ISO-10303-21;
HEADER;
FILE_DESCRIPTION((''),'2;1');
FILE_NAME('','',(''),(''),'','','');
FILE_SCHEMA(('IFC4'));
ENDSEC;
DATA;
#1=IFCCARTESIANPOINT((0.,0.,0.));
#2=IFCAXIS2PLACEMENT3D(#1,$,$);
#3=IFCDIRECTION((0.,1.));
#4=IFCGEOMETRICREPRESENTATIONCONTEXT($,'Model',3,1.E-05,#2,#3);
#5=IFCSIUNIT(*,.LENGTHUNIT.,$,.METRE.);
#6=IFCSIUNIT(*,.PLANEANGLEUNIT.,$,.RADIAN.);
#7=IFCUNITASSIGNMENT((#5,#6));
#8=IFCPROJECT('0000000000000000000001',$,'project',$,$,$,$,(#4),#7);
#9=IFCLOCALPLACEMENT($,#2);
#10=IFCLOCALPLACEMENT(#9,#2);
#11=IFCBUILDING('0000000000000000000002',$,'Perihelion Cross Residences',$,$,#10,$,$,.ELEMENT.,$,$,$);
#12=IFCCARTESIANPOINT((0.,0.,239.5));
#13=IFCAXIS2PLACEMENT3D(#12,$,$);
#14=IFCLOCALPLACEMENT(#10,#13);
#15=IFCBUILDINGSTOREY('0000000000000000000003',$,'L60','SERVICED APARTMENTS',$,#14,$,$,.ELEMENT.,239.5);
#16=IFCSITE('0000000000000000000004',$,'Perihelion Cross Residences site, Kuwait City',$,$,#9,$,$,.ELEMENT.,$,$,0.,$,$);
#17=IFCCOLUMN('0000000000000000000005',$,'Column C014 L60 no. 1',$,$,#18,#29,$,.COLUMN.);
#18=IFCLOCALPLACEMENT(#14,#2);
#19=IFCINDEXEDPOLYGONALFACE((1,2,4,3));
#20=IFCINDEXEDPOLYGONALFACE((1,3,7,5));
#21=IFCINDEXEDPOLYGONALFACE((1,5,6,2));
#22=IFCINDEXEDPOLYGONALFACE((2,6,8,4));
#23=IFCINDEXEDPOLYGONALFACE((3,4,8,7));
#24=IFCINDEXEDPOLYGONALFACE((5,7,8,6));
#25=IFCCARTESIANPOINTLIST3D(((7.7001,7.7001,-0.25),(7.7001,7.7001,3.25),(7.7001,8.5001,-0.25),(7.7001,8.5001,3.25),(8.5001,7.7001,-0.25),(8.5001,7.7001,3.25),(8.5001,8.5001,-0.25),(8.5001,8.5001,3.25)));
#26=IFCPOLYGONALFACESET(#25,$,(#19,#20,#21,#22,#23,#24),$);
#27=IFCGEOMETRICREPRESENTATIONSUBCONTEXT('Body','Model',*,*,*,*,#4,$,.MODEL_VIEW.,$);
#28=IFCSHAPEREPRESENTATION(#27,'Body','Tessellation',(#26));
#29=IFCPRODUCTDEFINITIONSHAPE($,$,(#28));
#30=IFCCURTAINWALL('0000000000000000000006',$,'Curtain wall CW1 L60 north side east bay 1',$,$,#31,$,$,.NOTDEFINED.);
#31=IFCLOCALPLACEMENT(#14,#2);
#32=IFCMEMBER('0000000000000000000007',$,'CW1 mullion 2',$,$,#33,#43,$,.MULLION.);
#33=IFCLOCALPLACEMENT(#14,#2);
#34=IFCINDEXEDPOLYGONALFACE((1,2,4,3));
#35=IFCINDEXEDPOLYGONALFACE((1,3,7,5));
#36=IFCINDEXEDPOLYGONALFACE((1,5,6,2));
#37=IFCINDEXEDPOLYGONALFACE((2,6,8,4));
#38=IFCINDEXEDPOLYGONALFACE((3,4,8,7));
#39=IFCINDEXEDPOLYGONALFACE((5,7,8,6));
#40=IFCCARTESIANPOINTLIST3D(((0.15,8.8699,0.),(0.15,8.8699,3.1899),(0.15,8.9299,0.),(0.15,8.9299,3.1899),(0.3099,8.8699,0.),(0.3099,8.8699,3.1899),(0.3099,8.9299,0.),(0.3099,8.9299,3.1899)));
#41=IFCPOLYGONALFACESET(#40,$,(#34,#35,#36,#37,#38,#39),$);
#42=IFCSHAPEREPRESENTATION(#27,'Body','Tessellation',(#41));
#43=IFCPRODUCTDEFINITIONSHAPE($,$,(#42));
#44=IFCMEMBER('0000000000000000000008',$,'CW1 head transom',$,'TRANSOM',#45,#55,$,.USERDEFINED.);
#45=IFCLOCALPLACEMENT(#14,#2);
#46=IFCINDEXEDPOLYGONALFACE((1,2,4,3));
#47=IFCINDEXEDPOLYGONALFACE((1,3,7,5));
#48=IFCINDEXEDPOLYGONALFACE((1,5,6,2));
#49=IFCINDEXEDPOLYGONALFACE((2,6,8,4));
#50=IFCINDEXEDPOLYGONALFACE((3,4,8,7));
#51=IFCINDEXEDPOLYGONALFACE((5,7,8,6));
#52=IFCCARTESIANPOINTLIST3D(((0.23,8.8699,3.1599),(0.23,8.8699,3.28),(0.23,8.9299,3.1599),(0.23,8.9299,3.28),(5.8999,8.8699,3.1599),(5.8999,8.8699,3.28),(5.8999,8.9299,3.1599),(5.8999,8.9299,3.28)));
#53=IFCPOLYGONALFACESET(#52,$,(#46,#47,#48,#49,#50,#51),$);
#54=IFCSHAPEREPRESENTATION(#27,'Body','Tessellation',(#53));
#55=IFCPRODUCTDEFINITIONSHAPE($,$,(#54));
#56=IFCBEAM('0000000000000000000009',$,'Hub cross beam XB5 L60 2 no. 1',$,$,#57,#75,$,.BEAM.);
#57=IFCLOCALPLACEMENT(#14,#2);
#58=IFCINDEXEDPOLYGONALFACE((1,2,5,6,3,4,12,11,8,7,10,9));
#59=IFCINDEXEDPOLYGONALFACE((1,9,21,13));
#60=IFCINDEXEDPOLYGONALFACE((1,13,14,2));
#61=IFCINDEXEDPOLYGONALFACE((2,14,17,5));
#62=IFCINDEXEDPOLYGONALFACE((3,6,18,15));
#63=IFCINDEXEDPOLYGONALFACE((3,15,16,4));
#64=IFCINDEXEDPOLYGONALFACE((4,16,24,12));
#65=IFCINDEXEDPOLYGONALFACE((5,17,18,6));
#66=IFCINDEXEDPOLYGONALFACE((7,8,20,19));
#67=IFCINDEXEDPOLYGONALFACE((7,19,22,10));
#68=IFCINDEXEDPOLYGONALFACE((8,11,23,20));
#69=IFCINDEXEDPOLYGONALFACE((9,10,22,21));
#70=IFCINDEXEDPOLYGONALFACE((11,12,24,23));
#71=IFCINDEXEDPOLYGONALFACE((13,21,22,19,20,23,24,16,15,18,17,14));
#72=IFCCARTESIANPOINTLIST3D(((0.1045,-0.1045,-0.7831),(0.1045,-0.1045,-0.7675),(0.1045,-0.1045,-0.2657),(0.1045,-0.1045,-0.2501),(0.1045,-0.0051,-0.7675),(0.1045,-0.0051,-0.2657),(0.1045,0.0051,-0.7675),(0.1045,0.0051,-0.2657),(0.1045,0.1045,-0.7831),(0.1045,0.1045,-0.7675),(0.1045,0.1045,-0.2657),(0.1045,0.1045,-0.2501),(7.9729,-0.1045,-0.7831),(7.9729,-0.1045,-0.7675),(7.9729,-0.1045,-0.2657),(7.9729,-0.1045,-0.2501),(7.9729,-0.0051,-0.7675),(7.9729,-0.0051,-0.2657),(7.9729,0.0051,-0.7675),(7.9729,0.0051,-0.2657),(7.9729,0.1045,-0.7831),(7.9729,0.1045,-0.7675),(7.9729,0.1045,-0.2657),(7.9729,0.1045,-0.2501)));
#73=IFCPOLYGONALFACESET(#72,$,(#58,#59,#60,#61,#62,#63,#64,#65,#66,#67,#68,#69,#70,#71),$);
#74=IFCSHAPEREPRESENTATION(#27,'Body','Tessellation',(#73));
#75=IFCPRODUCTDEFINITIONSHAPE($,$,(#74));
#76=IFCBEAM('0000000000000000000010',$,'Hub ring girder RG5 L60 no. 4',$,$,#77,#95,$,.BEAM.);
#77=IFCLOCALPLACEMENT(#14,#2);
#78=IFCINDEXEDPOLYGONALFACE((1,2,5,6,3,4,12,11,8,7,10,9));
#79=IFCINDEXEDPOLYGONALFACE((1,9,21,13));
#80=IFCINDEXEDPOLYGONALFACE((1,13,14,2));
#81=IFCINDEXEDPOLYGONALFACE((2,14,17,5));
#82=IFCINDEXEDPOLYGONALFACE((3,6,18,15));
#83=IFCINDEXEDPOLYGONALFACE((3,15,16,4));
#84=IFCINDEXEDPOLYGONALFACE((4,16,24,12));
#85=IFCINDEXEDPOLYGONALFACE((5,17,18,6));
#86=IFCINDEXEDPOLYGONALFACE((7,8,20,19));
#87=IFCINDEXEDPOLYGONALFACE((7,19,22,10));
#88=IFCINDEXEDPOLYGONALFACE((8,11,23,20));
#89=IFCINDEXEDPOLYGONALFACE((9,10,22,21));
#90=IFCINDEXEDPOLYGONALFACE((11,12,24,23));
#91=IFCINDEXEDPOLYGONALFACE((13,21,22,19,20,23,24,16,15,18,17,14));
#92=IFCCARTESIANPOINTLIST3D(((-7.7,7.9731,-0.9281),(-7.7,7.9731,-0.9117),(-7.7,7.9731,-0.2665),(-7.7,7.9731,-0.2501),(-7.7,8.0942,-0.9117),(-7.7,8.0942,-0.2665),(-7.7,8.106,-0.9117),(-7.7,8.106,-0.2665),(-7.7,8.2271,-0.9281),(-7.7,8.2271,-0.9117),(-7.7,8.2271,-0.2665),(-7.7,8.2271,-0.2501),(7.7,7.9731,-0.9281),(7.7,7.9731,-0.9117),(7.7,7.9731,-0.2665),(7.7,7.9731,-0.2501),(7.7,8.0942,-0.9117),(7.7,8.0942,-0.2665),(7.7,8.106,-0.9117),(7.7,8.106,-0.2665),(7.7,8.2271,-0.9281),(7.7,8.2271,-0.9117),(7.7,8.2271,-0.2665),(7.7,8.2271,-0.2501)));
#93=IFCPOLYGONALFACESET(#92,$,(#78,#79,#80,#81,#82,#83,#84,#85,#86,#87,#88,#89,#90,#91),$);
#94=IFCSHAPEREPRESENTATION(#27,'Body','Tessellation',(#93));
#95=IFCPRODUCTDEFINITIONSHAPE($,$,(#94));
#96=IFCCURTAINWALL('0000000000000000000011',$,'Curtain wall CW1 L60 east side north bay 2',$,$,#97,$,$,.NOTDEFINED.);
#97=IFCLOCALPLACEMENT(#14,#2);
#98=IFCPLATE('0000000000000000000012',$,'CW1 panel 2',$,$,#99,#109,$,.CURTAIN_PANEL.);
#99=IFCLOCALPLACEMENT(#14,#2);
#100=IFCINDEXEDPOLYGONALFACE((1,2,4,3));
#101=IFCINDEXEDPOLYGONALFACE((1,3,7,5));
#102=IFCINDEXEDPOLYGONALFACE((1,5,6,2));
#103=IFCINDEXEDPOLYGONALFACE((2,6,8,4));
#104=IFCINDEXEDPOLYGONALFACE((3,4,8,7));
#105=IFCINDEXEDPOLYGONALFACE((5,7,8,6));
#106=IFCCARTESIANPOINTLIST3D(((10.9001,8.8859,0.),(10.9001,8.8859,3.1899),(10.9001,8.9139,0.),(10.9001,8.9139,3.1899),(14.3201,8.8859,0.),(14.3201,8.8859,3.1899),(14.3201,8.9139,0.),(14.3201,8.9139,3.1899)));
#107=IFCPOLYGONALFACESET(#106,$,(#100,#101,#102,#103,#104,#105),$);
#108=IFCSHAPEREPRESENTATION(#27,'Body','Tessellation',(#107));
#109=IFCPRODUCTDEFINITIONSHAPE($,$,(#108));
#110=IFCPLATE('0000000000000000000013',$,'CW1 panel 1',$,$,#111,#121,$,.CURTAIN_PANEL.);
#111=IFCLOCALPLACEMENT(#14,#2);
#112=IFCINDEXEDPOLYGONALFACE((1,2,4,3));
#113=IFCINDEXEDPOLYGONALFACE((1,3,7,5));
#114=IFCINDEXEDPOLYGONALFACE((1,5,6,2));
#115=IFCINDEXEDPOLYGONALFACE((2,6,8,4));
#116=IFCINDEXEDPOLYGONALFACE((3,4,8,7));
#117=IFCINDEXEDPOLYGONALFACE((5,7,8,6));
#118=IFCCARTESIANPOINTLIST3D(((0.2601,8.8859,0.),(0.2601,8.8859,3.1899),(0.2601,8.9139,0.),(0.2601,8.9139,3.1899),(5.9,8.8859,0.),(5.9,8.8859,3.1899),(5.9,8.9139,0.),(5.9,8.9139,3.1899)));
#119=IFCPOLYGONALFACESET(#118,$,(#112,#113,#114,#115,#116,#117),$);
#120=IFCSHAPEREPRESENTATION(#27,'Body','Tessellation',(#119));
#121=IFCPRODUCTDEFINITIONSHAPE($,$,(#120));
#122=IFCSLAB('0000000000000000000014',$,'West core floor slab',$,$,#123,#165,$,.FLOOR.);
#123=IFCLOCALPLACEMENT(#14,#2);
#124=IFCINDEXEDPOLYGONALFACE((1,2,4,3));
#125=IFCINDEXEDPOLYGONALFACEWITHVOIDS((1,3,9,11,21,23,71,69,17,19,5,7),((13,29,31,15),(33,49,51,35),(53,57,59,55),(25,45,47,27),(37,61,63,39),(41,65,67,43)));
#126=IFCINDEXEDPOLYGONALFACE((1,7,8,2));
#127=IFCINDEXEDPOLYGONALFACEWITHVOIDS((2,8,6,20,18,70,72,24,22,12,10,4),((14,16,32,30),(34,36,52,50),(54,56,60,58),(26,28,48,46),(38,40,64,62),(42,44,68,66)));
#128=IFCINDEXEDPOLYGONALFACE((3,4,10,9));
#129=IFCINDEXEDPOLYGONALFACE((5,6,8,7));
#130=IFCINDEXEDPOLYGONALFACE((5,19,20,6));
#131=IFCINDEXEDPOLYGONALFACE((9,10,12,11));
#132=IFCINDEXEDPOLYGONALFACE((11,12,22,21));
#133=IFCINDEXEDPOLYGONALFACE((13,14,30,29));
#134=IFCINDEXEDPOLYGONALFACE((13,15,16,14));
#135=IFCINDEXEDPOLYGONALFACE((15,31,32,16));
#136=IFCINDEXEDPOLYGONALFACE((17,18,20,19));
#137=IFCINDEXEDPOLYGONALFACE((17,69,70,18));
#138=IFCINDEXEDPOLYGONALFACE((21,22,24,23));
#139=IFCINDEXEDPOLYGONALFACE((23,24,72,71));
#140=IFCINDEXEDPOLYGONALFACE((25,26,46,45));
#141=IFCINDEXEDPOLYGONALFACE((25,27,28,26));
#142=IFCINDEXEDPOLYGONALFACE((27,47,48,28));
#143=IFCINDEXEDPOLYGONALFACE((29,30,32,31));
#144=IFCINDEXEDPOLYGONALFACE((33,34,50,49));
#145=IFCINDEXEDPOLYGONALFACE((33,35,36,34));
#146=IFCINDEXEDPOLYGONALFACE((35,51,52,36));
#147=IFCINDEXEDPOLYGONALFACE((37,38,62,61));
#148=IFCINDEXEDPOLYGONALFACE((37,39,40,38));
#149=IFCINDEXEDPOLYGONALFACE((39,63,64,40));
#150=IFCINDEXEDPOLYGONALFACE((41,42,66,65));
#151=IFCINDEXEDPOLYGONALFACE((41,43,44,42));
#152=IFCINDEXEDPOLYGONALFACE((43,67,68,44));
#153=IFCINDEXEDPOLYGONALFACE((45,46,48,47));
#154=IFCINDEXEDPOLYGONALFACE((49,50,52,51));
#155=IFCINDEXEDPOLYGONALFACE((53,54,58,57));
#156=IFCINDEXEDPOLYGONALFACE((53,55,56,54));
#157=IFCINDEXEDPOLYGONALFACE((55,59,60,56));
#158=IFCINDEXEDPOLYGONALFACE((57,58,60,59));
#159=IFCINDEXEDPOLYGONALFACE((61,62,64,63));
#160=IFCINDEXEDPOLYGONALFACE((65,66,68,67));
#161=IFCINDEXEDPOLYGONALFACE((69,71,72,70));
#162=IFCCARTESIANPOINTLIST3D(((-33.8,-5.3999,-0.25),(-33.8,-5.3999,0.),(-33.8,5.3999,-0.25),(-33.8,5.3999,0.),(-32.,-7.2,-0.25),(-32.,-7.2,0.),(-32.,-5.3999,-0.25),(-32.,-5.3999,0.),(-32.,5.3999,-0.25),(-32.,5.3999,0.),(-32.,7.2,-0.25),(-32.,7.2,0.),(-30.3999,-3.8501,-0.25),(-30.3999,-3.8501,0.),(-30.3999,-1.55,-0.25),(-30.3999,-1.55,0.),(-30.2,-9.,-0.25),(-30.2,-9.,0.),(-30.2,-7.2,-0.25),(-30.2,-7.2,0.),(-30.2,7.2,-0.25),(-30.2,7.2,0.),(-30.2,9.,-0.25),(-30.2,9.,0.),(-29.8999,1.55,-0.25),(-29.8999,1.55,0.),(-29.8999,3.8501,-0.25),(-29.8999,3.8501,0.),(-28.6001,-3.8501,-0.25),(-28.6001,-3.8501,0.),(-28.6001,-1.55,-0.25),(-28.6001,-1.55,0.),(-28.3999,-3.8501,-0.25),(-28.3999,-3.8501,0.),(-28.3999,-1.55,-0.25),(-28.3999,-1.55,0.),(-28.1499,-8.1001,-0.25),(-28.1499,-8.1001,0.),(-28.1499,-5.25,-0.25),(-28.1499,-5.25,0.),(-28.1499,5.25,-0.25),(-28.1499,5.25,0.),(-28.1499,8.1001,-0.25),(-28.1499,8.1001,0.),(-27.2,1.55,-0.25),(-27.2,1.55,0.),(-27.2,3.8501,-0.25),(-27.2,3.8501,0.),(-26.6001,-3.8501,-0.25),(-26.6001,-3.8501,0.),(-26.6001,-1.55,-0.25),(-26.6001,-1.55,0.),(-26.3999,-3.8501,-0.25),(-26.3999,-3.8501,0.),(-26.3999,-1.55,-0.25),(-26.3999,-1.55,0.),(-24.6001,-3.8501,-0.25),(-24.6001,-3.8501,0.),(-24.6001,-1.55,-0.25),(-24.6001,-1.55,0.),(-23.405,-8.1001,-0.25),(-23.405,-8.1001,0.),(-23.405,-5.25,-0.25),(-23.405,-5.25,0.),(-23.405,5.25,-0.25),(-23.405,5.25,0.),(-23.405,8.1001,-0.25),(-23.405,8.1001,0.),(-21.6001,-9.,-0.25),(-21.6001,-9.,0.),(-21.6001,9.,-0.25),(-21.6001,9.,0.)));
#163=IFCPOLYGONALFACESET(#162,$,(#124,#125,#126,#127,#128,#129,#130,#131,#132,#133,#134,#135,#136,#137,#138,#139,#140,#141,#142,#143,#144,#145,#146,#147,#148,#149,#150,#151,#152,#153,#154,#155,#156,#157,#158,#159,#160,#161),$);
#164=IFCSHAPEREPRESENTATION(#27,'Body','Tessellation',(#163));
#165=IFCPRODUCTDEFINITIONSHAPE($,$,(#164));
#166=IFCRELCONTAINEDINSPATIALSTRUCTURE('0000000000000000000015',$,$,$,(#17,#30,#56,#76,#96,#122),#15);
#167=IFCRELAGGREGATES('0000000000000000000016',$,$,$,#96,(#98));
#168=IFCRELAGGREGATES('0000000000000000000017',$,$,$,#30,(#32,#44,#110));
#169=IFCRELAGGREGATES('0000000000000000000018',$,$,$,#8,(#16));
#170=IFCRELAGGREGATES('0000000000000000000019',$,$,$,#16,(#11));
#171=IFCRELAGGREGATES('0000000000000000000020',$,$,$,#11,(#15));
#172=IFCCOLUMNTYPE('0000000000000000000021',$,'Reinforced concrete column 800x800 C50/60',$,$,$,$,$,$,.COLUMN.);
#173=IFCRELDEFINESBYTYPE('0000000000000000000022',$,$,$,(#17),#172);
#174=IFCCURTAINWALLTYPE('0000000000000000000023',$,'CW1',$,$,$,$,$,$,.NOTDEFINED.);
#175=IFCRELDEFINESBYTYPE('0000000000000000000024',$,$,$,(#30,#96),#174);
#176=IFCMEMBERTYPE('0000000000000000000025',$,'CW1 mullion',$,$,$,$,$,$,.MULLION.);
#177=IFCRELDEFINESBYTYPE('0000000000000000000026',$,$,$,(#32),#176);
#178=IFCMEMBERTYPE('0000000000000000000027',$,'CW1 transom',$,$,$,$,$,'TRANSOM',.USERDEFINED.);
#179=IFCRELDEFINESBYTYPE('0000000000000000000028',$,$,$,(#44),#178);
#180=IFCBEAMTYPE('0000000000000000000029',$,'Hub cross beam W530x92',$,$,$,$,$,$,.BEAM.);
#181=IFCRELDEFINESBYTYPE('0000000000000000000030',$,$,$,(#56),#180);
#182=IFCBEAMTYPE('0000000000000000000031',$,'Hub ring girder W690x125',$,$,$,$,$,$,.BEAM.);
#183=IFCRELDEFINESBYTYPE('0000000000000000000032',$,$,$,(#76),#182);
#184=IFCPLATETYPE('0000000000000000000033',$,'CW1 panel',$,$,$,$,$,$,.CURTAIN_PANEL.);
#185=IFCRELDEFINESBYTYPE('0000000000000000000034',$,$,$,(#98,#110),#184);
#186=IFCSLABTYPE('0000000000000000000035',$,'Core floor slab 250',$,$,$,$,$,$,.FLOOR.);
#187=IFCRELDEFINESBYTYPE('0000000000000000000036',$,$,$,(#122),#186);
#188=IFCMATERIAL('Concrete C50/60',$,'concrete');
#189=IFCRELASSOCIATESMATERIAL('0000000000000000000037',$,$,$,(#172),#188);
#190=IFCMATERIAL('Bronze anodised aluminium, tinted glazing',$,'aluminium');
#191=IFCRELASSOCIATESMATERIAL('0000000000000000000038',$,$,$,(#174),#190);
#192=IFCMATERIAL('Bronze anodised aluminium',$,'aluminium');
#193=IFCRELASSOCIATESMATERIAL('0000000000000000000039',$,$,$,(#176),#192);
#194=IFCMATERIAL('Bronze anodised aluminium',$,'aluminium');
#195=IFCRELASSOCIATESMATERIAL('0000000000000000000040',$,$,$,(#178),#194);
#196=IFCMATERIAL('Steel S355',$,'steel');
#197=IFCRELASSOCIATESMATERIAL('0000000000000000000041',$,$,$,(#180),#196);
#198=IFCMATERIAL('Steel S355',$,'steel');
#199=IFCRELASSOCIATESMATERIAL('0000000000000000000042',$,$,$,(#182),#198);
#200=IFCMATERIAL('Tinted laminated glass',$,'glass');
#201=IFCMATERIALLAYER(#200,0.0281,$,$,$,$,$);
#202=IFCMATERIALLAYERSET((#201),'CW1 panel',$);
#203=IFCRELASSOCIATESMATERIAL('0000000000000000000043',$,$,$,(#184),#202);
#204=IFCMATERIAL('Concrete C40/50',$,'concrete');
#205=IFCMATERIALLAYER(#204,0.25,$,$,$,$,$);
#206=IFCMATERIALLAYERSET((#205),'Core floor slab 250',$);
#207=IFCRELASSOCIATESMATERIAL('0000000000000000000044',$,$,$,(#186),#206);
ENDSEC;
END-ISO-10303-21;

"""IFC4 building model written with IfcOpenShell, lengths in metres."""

from ifc_helpers import new_model, si_unit, direction, frame, origin, origin_2d, place, context, subcontext, project, spatial, polyline, rectangle, i_section, outline, extrude, material, layer, layer_set, material_profile, profile_set, type_object, element, aggregate, save


model = new_model("IFC4")

# Units and contexts
model_context = context("Model", 3, precision=1e-05, world=origin(), true_north=direction((0.0, 1.0)))
body_context = subcontext(model_context, "Body", "Model", "MODEL_VIEW")
ifc_project = project(units=[si_unit("LENGTHUNIT", "METRE"), si_unit("PLANEANGLEUNIT", "RADIAN")], contexts=[model_context])

# Site, building, storey
site_placement = place(None, origin())
site = spatial("IfcSite", under=ifc_project, at=site_placement, Name="Perihelion Cross Residences site, Kuwait City", CompositionType="ELEMENT", RefElevation=0.0)
building_placement = place(site_placement, origin())
building = spatial("IfcBuilding", under=site, at=building_placement, Name="Perihelion Cross Residences", CompositionType="ELEMENT")
storey_placement = place(building_placement, frame((0.0, 0.0, 239.5)))
storey = spatial("IfcBuildingStorey", under=building, at=storey_placement, Name="L60", Description="SERVICED APARTMENTS", CompositionType="ELEMENT", Elevation=239.5)

# Column
ifc_material_1 = material(Name="Concrete C50/60", Category="concrete")
ifc_material_profile_1 = material_profile(ifc_material_1, rectangle(XDim=0.8, YDim=0.8, at=origin_2d()), Name="RC 800x800")
ifc_profile_set_1 = profile_set([ifc_material_profile_1], Name="Concrete C50/60")
column_type = type_object("IfcColumnType", Name="Reinforced concrete column 800x800 C50/60", PredefinedType="COLUMN", material=ifc_profile_set_1)
column_placement = place(storey_placement, frame((8.1001, 8.1001, -0.25), z_axis=(0.0, 0.0, 1.0), x_axis=(1.0, 0.0, 0.0)))
element("IfcColumn", 1, at=column_placement, inside=storey, type_object=column_type, Name="Column C014 L60 no. 1", PredefinedType="COLUMN", context=body_context, shape_type="SweptSolid", body=[
    extrude(rectangle(XDim=0.8, YDim=0.8, at=origin_2d()), origin(), (0.0, 0.0, 1.0), 3.5),
])

# Curtain wall, members
ifc_material_2 = material(Name="Bronze anodised aluminium, tinted glazing", Category="aluminium")
curtain_wall_type = type_object("IfcCurtainWallType", Name="CW1", PredefinedType="NOTDEFINED", material=ifc_material_2)
curtain_wall_1_placement = place(storey_placement, origin())
curtain_wall_1 = element("IfcCurtainWall", 2, at=curtain_wall_1_placement, inside=storey, type_object=curtain_wall_type, Name="Curtain wall CW1 L60 north side east bay 1", PredefinedType="NOTDEFINED")
ifc_material_3 = material(Name="Bronze anodised aluminium", Category="aluminium")
ifc_material_profile_2 = material_profile(ifc_material_3, rectangle(XDim=0.0601, YDim=0.1599, at=origin_2d()), Name="CW1 mullion")
ifc_profile_set_2 = profile_set([ifc_material_profile_2], Name="Bronze anodised aluminium")
member_type_1 = type_object("IfcMemberType", Name="CW1 mullion", PredefinedType="MULLION", material=ifc_profile_set_2)
member_1_placement = place(storey_placement, frame((0.23, 8.8999, 0.0), z_axis=(0.0, 0.0, 1.0), x_axis=(0.0, -1.0, 0.0)))
member_1 = element("IfcMember", 3, at=member_1_placement, type_object=member_type_1, Name="CW1 mullion 2", PredefinedType="MULLION", context=body_context, shape_type="SweptSolid", body=[
    extrude(rectangle(XDim=0.0601, YDim=0.1599, at=origin_2d()), origin(), (0.0, 0.0, 1.0), 3.1899),
])
ifc_material_4 = material(Name="Bronze anodised aluminium", Category="aluminium")
ifc_material_profile_3 = material_profile(ifc_material_4, rectangle(XDim=0.0601, YDim=0.1201, at=origin_2d()), Name="CW1 transom")
ifc_profile_set_3 = profile_set([ifc_material_profile_3], Name="Bronze anodised aluminium")
member_type_2 = type_object("IfcMemberType", Name="CW1 transom", ElementType="TRANSOM", PredefinedType="USERDEFINED", material=ifc_profile_set_3)
member_2_placement = place(storey_placement, frame((5.8999, 8.8999, 3.22), z_axis=(-1.0, 0.0, 0.0), x_axis=(0.0, -1.0, 0.0)))
member_2 = element("IfcMember", 4, at=member_2_placement, type_object=member_type_2, Name="CW1 head transom", ObjectType="TRANSOM", PredefinedType="USERDEFINED", context=body_context, shape_type="SweptSolid", body=[
    extrude(rectangle(XDim=0.0601, YDim=0.1201, at=origin_2d()), origin(), (0.0, 0.0, 1.0), 5.6699),
])

# Beams
ifc_material_5 = material(Name="Steel S355", Category="steel")
ifc_material_profile_4 = material_profile(ifc_material_5, i_section(OverallWidth=0.209, OverallDepth=0.533, WebThickness=0.0103, FlangeThickness=0.0156, at=origin_2d()), Name="W530x92")
ifc_profile_set_4 = profile_set([ifc_material_profile_4], Name="Steel S355")
beam_type_1 = type_object("IfcBeamType", Name="Hub cross beam W530x92", PredefinedType="BEAM", material=ifc_profile_set_4)
beam_1_placement = place(storey_placement, frame((0.1045, 0.0, -0.5166), z_axis=(1.0, 0.0, 0.0), x_axis=(0.0, 1.0, 0.0)))
element("IfcBeam", 5, at=beam_1_placement, inside=storey, type_object=beam_type_1, Name="Hub cross beam XB5 L60 2 no. 1", PredefinedType="BEAM", context=body_context, shape_type="SweptSolid", body=[
    extrude(i_section(OverallWidth=0.209, OverallDepth=0.533, WebThickness=0.0103, FlangeThickness=0.0156, at=origin_2d()), origin(), (0.0, 0.0, 1.0), 7.8684),
])
ifc_material_6 = material(Name="Steel S355", Category="steel")
ifc_material_profile_5 = material_profile(ifc_material_6, i_section(OverallWidth=0.2539, OverallDepth=0.678, WebThickness=0.0117, FlangeThickness=0.0164, at=origin_2d()), Name="W690x125")
ifc_profile_set_5 = profile_set([ifc_material_profile_5], Name="Steel S355")
beam_type_2 = type_object("IfcBeamType", Name="Hub ring girder W690x125", PredefinedType="BEAM", material=ifc_profile_set_5)
beam_2_placement = place(storey_placement, frame((7.7, 8.1001, -0.5891), z_axis=(-1.0, 0.0, 0.0), x_axis=(0.0, -1.0, 0.0)))
element("IfcBeam", 6, at=beam_2_placement, inside=storey, type_object=beam_type_2, Name="Hub ring girder RG5 L60 no. 4", PredefinedType="BEAM", context=body_context, shape_type="SweptSolid", body=[
    extrude(i_section(OverallWidth=0.2539, OverallDepth=0.678, WebThickness=0.0117, FlangeThickness=0.0164, at=origin_2d()), origin(), (0.0, 0.0, 1.0), 15.3999),
])

# Curtain wall, plate
curtain_wall_2_placement = place(storey_placement, origin())
curtain_wall_2 = element("IfcCurtainWall", 7, at=curtain_wall_2_placement, inside=storey, type_object=curtain_wall_type, Name="Curtain wall CW1 L60 east side north bay 2", PredefinedType="NOTDEFINED")
ifc_material_7 = material(Name="Tinted laminated glass", Category="glass")
ifc_layer_1 = layer(ifc_material_7, 0.0281)
ifc_layer_set_1 = layer_set([ifc_layer_1], Name="CW1 panel")
plate_type = type_object("IfcPlateType", Name="CW1 panel", PredefinedType="CURTAIN_PANEL", material=ifc_layer_set_1)
plate_1_placement = place(storey_placement, frame((12.6101, 8.8999, 0.0), z_axis=(0.0, 0.0, 1.0), x_axis=(-1.0, 0.0, 0.0)))
plate_1 = element("IfcPlate", 8, at=plate_1_placement, type_object=plate_type, Name="CW1 panel 2", PredefinedType="CURTAIN_PANEL", context=body_context, shape_type="SweptSolid", body=[
    extrude(rectangle(XDim=3.4199, YDim=0.0281, at=origin_2d()), origin(), (0.0, 0.0, 1.0), 3.1899),
])
aggregate(curtain_wall_2, [plate_1])

# Plate
plate_2_placement = place(storey_placement, frame((3.0801, 8.8999, 0.0), z_axis=(0.0, 0.0, 1.0), x_axis=(-1.0, 0.0, 0.0)))
plate_2 = element("IfcPlate", 9, at=plate_2_placement, type_object=plate_type, Name="CW1 panel 1", PredefinedType="CURTAIN_PANEL", context=body_context, shape_type="SweptSolid", body=[
    extrude(rectangle(XDim=5.6399, YDim=0.0281, at=origin_2d()), origin(), (0.0, 0.0, 1.0), 3.1899),
])
aggregate(curtain_wall_1, [member_1, member_2, plate_2])

# Slab
ifc_material_8 = material(Name="Concrete C40/50", Category="concrete")
ifc_layer_2 = layer(ifc_material_8, 0.25)
ifc_layer_set_2 = layer_set([ifc_layer_2], Name="Core floor slab 250")
slab_type = type_object("IfcSlabType", Name="Core floor slab 250", PredefinedType="FLOOR", material=ifc_layer_set_2)
slab_placement = place(storey_placement, frame((0.0, 0.0, -0.25)))
element("IfcSlab", 10, at=slab_placement, inside=storey, type_object=slab_type, Name="West core floor slab", PredefinedType="FLOOR", context=body_context, shape_type="SweptSolid", body=[
    extrude(outline(polyline([(-30.2, 7.2), (-32.0, 7.2), (-32.0, 5.3999), (-33.8, 5.3999), (-33.8, -5.3999), (-32.0, -5.3999), (-32.0, -7.2), (-30.2, -7.2), (-30.2, -9.0), (-21.6001, -9.0), (-21.6001, 9.0), (-30.2, 9.0), (-30.2, 7.2)]), holes=[polyline([(-28.1499, -8.1001), (-28.1499, -5.25), (-23.405, -5.25), (-23.405, -8.1001), (-28.1499, -8.1001)]), polyline([(-24.6001, -1.55), (-24.6001, -3.8501), (-26.3999, -3.8501), (-26.3999, -1.55), (-24.6001, -1.55)]), polyline([(-26.6001, -1.55), (-26.6001, -3.8501), (-28.3999, -3.8501), (-28.3999, -1.55), (-26.6001, -1.55)]), polyline([(-28.6001, -3.8501), (-30.3999, -3.8501), (-30.3999, -1.55), (-28.6001, -1.55), (-28.6001, -3.8501)]), polyline([(-27.2, 3.8501), (-27.2, 1.55), (-29.8999, 1.55), (-29.8999, 3.8501), (-27.2, 3.8501)]), polyline([(-23.405, 5.25), (-28.1499, 5.25), (-28.1499, 8.1001), (-23.405, 8.1001), (-23.405, 5.25)])]), origin(), (0.0, 0.0, 1.0), 0.25),
])

save(model, "model.ifc")
